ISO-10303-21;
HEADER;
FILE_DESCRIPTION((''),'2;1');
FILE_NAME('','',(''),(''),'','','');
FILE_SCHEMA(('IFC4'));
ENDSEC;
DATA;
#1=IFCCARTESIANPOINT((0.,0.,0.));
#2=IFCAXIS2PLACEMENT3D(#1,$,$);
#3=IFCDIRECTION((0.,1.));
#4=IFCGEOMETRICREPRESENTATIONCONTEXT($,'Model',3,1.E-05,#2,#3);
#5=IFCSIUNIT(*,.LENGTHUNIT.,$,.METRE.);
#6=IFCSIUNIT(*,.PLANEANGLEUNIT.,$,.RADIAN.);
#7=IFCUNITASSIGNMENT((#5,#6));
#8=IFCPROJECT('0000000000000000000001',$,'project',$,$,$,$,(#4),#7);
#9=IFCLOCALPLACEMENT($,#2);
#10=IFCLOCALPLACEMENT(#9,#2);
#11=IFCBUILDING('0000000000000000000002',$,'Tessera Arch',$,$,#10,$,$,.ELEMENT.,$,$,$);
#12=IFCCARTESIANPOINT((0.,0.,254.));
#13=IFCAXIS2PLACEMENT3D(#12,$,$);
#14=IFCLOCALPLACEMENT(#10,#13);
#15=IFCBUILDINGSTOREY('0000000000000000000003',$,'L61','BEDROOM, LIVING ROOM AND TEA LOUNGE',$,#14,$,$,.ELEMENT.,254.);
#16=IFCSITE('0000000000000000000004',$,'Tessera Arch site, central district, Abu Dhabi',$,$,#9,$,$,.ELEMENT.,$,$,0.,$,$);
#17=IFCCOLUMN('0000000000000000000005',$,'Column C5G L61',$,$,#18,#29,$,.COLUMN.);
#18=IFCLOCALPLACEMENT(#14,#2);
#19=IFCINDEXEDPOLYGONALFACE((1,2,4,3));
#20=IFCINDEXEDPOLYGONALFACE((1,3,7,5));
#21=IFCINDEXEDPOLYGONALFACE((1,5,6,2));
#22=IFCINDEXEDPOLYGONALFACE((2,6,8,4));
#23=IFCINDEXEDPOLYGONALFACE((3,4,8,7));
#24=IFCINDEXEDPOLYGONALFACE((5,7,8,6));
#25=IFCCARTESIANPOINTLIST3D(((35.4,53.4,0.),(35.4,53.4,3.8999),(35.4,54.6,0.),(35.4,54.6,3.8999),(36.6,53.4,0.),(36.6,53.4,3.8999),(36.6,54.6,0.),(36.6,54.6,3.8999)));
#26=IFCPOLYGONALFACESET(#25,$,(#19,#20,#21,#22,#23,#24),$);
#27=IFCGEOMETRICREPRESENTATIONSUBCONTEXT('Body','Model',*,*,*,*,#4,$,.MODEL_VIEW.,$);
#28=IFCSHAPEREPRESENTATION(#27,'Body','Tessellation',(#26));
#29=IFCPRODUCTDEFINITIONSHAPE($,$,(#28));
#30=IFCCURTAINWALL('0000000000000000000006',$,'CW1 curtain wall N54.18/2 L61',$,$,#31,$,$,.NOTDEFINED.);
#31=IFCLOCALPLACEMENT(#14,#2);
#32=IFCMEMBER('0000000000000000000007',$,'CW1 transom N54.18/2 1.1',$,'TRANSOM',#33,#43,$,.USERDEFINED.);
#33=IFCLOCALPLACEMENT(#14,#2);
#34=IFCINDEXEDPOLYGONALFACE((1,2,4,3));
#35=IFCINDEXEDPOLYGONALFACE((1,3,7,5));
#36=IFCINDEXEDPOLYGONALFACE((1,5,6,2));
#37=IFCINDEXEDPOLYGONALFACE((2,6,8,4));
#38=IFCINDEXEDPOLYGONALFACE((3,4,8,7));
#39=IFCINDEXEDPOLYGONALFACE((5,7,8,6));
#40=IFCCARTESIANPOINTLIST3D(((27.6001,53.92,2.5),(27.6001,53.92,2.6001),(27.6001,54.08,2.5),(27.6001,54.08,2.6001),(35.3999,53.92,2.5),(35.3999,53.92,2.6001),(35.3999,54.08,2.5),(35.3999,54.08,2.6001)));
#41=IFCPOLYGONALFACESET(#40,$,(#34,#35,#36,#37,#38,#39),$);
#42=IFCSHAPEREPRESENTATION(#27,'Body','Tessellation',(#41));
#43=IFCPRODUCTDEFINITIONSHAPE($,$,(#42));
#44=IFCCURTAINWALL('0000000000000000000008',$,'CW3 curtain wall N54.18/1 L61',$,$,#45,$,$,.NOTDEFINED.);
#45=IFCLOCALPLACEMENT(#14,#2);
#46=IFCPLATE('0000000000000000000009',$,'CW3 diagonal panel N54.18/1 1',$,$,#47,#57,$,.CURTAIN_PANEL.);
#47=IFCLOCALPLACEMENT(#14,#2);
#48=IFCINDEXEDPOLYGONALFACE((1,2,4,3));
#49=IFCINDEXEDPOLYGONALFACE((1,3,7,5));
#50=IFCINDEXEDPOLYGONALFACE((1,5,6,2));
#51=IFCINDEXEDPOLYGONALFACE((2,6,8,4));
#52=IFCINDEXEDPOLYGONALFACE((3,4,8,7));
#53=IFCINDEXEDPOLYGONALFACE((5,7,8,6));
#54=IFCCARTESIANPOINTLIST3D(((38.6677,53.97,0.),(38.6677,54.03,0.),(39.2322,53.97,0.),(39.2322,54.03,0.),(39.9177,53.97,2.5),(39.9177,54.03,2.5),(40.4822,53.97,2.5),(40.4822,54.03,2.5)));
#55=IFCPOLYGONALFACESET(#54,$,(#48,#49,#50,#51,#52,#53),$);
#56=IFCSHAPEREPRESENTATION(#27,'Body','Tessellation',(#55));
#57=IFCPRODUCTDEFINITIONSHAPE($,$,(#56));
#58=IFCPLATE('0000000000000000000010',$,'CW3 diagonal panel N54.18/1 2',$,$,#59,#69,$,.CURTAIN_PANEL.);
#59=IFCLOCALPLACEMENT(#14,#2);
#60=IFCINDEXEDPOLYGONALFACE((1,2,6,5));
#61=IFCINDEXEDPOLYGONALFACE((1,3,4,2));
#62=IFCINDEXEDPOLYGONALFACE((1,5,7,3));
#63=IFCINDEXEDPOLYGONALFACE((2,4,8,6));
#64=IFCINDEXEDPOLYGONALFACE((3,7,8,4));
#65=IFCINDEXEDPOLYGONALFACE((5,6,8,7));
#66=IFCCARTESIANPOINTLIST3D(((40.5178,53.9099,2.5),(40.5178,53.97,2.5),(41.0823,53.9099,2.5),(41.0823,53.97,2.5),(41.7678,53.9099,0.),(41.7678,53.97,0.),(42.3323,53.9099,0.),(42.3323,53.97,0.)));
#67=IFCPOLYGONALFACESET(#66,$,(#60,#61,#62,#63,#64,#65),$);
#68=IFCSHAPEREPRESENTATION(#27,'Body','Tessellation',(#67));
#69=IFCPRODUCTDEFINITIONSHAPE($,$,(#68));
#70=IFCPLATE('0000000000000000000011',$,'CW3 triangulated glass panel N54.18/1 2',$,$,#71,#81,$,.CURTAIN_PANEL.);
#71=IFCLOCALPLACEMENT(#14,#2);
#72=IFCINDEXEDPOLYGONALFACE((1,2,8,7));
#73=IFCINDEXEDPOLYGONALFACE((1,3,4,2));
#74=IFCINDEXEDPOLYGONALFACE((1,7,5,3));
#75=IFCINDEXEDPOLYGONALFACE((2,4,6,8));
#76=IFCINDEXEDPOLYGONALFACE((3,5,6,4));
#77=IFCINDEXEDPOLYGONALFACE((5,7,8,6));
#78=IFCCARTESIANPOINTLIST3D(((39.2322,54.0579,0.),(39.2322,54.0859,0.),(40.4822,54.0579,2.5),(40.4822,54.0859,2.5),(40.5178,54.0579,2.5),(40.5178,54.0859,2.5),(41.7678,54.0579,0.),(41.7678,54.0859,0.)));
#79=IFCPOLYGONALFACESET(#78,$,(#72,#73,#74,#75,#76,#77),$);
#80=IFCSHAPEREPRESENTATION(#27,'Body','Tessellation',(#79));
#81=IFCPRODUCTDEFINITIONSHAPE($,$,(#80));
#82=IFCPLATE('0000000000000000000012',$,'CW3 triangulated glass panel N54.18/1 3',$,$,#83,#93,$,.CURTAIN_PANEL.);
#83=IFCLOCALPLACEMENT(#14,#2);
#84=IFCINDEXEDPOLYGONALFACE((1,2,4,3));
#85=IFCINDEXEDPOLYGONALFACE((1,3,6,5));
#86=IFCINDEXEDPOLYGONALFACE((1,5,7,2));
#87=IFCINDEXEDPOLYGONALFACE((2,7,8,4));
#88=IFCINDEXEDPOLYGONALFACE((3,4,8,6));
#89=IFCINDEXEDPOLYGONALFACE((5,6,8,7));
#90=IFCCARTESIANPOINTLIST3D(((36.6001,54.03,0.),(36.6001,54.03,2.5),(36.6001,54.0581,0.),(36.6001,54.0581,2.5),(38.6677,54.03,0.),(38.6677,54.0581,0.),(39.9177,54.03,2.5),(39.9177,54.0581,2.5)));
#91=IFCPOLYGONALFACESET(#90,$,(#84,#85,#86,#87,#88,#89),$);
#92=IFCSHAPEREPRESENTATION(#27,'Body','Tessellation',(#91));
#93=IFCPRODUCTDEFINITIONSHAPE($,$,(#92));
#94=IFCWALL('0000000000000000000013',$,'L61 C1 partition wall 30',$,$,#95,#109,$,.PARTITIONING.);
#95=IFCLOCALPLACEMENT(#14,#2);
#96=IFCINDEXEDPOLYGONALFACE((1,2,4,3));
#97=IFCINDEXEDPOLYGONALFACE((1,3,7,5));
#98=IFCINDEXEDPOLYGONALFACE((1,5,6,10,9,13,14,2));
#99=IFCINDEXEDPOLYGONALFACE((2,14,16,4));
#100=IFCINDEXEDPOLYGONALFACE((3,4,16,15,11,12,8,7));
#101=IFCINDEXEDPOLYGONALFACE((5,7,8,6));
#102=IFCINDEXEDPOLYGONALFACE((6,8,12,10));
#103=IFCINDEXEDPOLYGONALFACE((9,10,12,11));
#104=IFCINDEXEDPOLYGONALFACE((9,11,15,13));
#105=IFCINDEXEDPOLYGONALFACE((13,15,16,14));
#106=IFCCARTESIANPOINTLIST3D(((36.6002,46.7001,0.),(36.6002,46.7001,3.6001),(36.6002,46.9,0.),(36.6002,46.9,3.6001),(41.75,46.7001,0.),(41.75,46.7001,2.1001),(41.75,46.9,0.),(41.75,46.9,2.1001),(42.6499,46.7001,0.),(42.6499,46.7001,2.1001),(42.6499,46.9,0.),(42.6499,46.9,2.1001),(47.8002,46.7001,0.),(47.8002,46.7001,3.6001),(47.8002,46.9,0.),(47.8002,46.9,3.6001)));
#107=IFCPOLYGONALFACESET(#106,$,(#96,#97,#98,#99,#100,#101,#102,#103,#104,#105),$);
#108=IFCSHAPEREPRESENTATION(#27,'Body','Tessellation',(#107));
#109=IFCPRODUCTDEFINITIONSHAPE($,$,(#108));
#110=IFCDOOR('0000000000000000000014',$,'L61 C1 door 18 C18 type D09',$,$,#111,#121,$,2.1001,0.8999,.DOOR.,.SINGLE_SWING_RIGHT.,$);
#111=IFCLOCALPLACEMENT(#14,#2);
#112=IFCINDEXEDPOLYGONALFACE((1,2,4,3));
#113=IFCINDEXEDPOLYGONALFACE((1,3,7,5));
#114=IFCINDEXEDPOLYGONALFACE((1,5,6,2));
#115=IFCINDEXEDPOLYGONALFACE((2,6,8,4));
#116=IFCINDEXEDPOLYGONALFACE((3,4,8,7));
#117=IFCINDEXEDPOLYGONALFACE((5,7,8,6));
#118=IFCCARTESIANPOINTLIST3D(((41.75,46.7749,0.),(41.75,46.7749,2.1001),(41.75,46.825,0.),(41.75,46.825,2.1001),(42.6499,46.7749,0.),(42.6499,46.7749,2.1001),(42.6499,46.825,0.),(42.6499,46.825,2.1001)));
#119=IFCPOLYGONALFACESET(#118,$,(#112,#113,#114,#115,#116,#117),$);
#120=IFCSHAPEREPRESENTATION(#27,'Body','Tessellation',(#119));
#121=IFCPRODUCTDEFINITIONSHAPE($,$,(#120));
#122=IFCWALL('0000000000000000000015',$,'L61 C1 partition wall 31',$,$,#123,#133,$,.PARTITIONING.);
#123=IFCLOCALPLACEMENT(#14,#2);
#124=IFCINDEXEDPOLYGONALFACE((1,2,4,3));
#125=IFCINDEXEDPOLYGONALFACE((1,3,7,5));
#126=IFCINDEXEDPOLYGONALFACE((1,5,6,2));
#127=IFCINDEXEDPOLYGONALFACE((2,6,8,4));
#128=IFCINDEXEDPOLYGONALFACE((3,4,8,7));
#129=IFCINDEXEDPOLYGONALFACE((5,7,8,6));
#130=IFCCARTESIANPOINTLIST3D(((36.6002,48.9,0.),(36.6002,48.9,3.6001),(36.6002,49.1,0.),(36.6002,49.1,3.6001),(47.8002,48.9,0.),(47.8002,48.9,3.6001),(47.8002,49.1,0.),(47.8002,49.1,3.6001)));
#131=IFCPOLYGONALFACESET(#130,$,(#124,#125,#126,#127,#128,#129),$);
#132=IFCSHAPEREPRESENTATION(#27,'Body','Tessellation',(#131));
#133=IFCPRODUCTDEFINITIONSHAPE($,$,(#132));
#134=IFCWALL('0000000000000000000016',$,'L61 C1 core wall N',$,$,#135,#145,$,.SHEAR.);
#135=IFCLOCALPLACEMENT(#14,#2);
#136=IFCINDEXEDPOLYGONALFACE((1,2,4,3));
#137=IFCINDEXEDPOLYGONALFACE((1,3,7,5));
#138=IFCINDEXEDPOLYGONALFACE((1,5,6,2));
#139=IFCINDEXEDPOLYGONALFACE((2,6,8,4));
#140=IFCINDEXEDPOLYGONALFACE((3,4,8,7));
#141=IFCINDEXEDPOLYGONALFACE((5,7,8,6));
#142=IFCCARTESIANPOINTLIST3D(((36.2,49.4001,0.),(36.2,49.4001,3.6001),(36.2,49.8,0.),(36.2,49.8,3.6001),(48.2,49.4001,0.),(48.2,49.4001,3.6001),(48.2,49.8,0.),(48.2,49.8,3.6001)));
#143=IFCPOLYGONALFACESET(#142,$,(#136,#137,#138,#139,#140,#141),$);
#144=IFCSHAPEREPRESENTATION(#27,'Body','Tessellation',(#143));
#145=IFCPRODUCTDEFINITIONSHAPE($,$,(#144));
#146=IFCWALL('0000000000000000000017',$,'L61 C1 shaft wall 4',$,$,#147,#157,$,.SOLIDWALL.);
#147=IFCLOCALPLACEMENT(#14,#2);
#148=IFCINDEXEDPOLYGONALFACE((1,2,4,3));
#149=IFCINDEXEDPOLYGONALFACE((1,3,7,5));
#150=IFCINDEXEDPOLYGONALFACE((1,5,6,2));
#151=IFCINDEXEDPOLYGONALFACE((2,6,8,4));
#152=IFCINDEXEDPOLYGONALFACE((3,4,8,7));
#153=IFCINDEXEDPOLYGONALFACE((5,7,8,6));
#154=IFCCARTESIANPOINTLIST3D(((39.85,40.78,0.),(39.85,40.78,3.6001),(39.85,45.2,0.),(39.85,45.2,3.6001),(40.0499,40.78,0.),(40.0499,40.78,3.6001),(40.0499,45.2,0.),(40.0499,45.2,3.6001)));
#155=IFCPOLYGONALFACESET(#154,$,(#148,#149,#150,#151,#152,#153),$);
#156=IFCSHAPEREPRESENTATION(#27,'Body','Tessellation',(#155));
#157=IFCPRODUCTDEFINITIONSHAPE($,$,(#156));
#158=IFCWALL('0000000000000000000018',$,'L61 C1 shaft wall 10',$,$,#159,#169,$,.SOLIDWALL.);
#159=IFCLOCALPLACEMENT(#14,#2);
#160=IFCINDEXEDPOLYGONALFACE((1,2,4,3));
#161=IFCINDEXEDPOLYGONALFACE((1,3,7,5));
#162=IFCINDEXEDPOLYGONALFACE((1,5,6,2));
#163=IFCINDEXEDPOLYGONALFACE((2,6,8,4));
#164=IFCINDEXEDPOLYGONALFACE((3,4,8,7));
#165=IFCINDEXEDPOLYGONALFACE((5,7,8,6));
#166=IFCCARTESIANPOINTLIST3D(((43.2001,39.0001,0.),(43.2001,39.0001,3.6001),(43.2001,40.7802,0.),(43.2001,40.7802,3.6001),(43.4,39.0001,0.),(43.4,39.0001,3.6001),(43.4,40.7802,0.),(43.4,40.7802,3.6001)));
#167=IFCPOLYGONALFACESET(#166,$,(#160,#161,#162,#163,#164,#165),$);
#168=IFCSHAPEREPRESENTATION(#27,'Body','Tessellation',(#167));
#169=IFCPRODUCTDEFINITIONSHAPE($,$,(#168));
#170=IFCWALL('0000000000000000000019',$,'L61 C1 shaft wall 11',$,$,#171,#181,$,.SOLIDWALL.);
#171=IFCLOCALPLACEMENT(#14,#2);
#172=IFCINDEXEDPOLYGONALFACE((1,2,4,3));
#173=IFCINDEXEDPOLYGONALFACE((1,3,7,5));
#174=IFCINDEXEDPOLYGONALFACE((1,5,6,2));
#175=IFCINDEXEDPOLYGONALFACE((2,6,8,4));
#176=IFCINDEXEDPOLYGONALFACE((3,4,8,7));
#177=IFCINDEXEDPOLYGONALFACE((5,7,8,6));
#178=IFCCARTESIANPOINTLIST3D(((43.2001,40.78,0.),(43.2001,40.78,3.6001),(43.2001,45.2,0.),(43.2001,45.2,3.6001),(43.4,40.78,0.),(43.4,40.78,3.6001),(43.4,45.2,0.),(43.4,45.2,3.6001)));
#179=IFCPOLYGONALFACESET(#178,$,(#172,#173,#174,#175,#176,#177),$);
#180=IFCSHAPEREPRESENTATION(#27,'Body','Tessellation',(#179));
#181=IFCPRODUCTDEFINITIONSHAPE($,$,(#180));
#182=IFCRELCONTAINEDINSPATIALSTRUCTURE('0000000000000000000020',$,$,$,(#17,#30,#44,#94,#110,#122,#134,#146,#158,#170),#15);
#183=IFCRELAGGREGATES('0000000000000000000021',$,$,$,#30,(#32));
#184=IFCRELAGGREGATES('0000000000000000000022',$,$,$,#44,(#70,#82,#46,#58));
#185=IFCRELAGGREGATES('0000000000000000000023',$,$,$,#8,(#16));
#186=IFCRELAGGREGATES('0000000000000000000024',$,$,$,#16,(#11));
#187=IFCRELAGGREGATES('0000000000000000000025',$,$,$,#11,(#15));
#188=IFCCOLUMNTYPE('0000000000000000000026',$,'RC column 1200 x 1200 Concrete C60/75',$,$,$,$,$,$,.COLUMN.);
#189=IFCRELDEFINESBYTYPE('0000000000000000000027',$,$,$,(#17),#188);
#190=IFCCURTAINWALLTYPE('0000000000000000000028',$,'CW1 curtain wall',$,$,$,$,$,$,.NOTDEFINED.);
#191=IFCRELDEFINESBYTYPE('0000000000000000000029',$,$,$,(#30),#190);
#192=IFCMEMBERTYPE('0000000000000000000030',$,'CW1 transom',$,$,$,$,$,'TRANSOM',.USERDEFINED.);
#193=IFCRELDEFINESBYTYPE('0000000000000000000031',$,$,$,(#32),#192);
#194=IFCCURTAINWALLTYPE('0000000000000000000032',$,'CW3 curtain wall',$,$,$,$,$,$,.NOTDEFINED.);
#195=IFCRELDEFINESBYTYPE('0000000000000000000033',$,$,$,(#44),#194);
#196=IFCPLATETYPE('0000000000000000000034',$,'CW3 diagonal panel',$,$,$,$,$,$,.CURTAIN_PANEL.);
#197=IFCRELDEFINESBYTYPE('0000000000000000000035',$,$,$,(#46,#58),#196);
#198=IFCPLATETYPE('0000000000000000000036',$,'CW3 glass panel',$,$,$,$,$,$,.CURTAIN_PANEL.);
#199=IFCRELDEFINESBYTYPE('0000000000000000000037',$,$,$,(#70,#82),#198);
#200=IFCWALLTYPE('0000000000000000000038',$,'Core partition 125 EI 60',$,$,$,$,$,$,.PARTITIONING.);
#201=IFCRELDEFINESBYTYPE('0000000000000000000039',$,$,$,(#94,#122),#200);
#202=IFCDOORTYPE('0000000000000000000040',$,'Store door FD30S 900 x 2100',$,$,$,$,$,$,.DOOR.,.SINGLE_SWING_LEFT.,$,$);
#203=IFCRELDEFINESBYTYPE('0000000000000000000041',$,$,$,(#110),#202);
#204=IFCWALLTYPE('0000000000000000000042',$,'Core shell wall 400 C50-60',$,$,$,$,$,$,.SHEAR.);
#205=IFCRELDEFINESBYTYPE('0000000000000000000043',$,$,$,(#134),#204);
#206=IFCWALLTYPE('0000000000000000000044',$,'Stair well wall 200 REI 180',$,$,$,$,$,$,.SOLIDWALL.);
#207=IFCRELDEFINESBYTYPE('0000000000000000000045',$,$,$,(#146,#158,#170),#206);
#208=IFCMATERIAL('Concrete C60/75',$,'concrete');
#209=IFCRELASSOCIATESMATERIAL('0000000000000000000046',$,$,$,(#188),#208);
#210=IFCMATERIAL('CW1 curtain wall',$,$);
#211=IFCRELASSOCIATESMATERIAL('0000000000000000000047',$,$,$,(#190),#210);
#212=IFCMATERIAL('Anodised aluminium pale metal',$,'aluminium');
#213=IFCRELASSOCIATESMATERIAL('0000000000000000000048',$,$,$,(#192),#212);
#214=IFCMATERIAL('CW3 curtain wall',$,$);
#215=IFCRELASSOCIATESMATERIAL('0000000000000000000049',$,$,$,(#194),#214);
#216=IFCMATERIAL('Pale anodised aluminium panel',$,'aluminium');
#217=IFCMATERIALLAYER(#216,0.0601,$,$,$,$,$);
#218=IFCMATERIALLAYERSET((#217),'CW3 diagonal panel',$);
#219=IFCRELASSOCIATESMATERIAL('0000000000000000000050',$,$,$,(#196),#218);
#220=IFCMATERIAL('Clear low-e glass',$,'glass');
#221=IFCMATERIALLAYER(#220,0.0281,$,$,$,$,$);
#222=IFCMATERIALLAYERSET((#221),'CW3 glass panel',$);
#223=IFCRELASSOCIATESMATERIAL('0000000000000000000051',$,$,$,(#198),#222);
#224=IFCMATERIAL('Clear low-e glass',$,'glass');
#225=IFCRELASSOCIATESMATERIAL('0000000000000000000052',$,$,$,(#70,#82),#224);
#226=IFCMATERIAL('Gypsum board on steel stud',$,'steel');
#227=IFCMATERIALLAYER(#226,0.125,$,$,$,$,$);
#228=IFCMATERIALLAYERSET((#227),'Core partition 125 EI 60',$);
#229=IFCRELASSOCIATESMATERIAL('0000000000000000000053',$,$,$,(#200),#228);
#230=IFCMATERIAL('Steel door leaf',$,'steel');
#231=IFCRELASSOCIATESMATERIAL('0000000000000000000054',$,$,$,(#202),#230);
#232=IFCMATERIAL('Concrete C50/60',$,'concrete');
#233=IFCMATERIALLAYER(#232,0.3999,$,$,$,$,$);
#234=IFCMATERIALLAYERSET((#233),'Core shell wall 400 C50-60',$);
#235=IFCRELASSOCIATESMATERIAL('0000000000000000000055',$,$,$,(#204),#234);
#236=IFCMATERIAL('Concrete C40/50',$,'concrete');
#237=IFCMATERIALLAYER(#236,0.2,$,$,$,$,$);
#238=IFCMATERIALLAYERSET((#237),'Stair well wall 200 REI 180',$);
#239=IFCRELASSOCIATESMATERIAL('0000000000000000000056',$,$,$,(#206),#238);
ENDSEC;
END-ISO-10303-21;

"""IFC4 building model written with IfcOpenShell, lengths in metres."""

from ifc_helpers import new_model, si_unit, direction, frame, frame_2d, origin, origin_2d, place, context, subcontext, project, spatial, polyline, rectangle, outline, extrude, material, layer, layer_set, material_profile, profile_set, type_object, element, fill, aggregate, save


model = new_model("IFC4")

# Units and contexts
model_context = context("Model", 3, precision=1e-05, world=origin(), true_north=direction((0.0, 1.0)))
body_context = subcontext(model_context, "Body", "Model", "MODEL_VIEW")
ifc_project = project(units=[si_unit("LENGTHUNIT", "METRE"), si_unit("PLANEANGLEUNIT", "RADIAN")], contexts=[model_context])

# Site, building, storey
site_placement = place(None, origin())
site = spatial("IfcSite", under=ifc_project, at=site_placement, Name="Tessera Arch site, central district, Abu Dhabi", CompositionType="ELEMENT", RefElevation=0.0)
building_placement = place(site_placement, origin())
building = spatial("IfcBuilding", under=site, at=building_placement, Name="Tessera Arch", CompositionType="ELEMENT")
storey_placement = place(building_placement, frame((0.0, 0.0, 254.0)))
storey = spatial("IfcBuildingStorey", under=building, at=storey_placement, Name="L61", Description="BEDROOM, LIVING ROOM AND TEA LOUNGE", CompositionType="ELEMENT", Elevation=254.0)

# Column
ifc_material_1 = material(Name="Concrete C60/75", Category="concrete")
ifc_material_profile_1 = material_profile(ifc_material_1, rectangle(XDim=1.2, YDim=1.2, at=origin_2d()), Name="RC column 1200 x 1200 Concrete C60/75")
ifc_profile_set_1 = profile_set([ifc_material_profile_1], Name="Concrete C60/75")
column_type = type_object("IfcColumnType", Name="RC column 1200 x 1200 Concrete C60/75", PredefinedType="COLUMN", material=ifc_profile_set_1)
column_placement = place(storey_placement, frame((36.0, 54.0, 0.0), z_axis=(0.0, 0.0, 1.0), x_axis=(1.0, 0.0, 0.0)))
element("IfcColumn", 1, at=column_placement, inside=storey, type_object=column_type, Name="Column C5G L61", PredefinedType="COLUMN", context=body_context, shape_type="SweptSolid", body=[
    extrude(rectangle(XDim=1.2, YDim=1.2, at=origin_2d()), origin(), (0.0, 0.0, 1.0), 3.8999),
])

# Curtain wall, member
ifc_material_2 = material(Name="CW1 curtain wall")
curtain_wall_type_1 = type_object("IfcCurtainWallType", Name="CW1 curtain wall", PredefinedType="NOTDEFINED", material=ifc_material_2)
curtain_wall_1_placement = place(storey_placement, origin())
curtain_wall_1 = element("IfcCurtainWall", 2, at=curtain_wall_1_placement, inside=storey, type_object=curtain_wall_type_1, Name="CW1 curtain wall N54.18/2 L61", PredefinedType="NOTDEFINED")
ifc_material_3 = material(Name="Anodised aluminium pale metal", Category="aluminium")
ifc_material_profile_2 = material_profile(ifc_material_3, rectangle(XDim=0.1599, YDim=0.1001, at=origin_2d()), Name="AL 160x100")
ifc_profile_set_2 = profile_set([ifc_material_profile_2], Name="Anodised aluminium pale metal")
member_type = type_object("IfcMemberType", Name="CW1 transom", ElementType="TRANSOM", PredefinedType="USERDEFINED", material=ifc_profile_set_2)
member_placement = place(storey_placement, frame((35.3999, 54.0, 2.55), z_axis=(-1.0, 0.0, 0.0), x_axis=(0.0, -1.0, 0.0)))
member = element("IfcMember", 3, at=member_placement, type_object=member_type, Name="CW1 transom N54.18/2 1.1", ObjectType="TRANSOM", PredefinedType="USERDEFINED", context=body_context, shape_type="SweptSolid", body=[
    extrude(rectangle(XDim=0.1599, YDim=0.1001, at=origin_2d()), origin(), (0.0, 0.0, 1.0), 7.7998),
])
aggregate(curtain_wall_1, [member])

# Curtain wall, plates
ifc_material_4 = material(Name="CW3 curtain wall")
curtain_wall_type_2 = type_object("IfcCurtainWallType", Name="CW3 curtain wall", PredefinedType="NOTDEFINED", material=ifc_material_4)
curtain_wall_2_placement = place(storey_placement, origin())
curtain_wall_2 = element("IfcCurtainWall", 4, at=curtain_wall_2_placement, inside=storey, type_object=curtain_wall_type_2, Name="CW3 curtain wall N54.18/1 L61", PredefinedType="NOTDEFINED")
ifc_material_5 = material(Name="Pale anodised aluminium panel", Category="aluminium")
ifc_layer_1 = layer(ifc_material_5, 0.0601)
ifc_layer_set_1 = layer_set([ifc_layer_1], Name="CW3 diagonal panel")
plate_type_1 = type_object("IfcPlateType", Name="CW3 diagonal panel", PredefinedType="CURTAIN_PANEL", material=ifc_layer_set_1)
plate_1_placement = place(storey_placement, frame((39.9177, 54.03, 2.5), z_axis=(0.0, 1.0, 0.0), x_axis=(1.0, 0.0, 0.0)))
plate_1 = element("IfcPlate", 5, at=plate_1_placement, type_object=plate_type_1, Name="CW3 diagonal panel N54.18/1 1", PredefinedType="CURTAIN_PANEL", context=body_context, shape_type="SweptSolid", body=[
    extrude(outline(polyline([(0.0, 0.0), (0.5645, 0.0), (-0.6855, 2.5), (-1.25, 2.5), (0.0, 0.0)])), origin(), (0.0, 0.0, -1.0), 0.0601),
])
plate_2_placement = place(storey_placement, frame((40.5178, 53.97, 2.5), z_axis=(0.0, 1.0, 0.0), x_axis=(1.0, 0.0, 0.0)))
plate_2 = element("IfcPlate", 6, at=plate_2_placement, type_object=plate_type_1, Name="CW3 diagonal panel N54.18/1 2", PredefinedType="CURTAIN_PANEL", context=body_context, shape_type="SweptSolid", body=[
    extrude(outline(polyline([(0.0, 0.0), (0.5645, 0.0), (1.8145, 2.5), (1.25, 2.5), (0.0, 0.0)])), origin(), (0.0, 0.0, -1.0), 0.0601),
])
ifc_material_6 = material(Name="Clear low-e glass", Category="glass")
ifc_material_7 = material(Name="Clear low-e glass", Category="glass")
ifc_layer_2 = layer(ifc_material_7, 0.0281)
ifc_layer_set_2 = layer_set([ifc_layer_2], Name="CW3 glass panel")
plate_type_2 = type_object("IfcPlateType", Name="CW3 glass panel", PredefinedType="CURTAIN_PANEL", material=ifc_layer_set_2)
plate_3_placement = place(storey_placement, frame((40.4822, 54.0859, 2.5), z_axis=(0.0, 1.0, 0.0), x_axis=(1.0, 0.0, 0.0)))
plate_3 = element("IfcPlate", 7, at=plate_3_placement, type_object=plate_type_2, material=ifc_material_6, Name="CW3 triangulated glass panel N54.18/1 2", PredefinedType="CURTAIN_PANEL", context=body_context, shape_type="SweptSolid", body=[
    extrude(outline(polyline([(0.0, 0.0), (0.0356, 0.0), (1.2856, 2.5), (-1.25, 2.5), (0.0, 0.0)])), origin(), (0.0, 0.0, -1.0), 0.0281),
])
plate_4_placement = place(storey_placement, frame((36.6001, 54.0581, 2.5), z_axis=(0.0, 1.0, 0.0), x_axis=(1.0, 0.0, 0.0)))
plate_4 = element("IfcPlate", 8, at=plate_4_placement, type_object=plate_type_2, material=ifc_material_6, Name="CW3 triangulated glass panel N54.18/1 3", PredefinedType="CURTAIN_PANEL", context=body_context, shape_type="SweptSolid", body=[
    extrude(outline(polyline([(0.0, 0.0), (3.3176, 0.0), (2.0676, 2.5), (0.0, 2.5), (0.0, 0.0)])), origin(), (0.0, 0.0, -1.0), 0.0281),
])
aggregate(curtain_wall_2, [plate_3, plate_4, plate_1, plate_2])

# Wall, opening, door
ifc_material_8 = material(Name="Gypsum board on steel stud", Category="steel")
ifc_layer_3 = layer(ifc_material_8, 0.125)
ifc_layer_set_3 = layer_set([ifc_layer_3], Name="Core partition 125 EI 60")
wall_type_1 = type_object("IfcWallType", Name="Core partition 125 EI 60", PredefinedType="PARTITIONING", material=ifc_layer_set_3)
wall_1_placement = place(storey_placement, frame((36.6001, 46.8, 0.0), z_axis=(0.0, 0.0, 1.0), x_axis=(1.0, 0.0, 0.0)))
wall_1 = element("IfcWall", 9, at=wall_1_placement, inside=storey, type_object=wall_type_1, Name="L61 C1 partition wall 30", PredefinedType="PARTITIONING", context=body_context, shape_type="SweptSolid", body=[
    extrude(rectangle(XDim=11.2, YDim=0.2, at=frame_2d((5.6001, 0.0))), origin(), (0.0, 0.0, 1.0), 3.6001),
])
opening_1_placement = place(wall_1_placement, frame((5.1499, 0.0, 0.0)))
opening_1 = element("IfcOpeningElement", 10, at=opening_1_placement, cuts=wall_1, PredefinedType="OPENING", context=body_context, shape_type="SweptSolid", body=[
    extrude(rectangle(XDim=0.8999, YDim=2.1001, at=frame_2d((0.45, 1.05))), frame((0.0, 0.1099, 0.0), z_axis=(0.0, -1.0, 0.0), x_axis=(1.0, 0.0, 0.0)), (0.0, 0.0, 1.0), 0.22),
])
ifc_material_9 = material(Name="Steel door leaf", Category="steel")
door_type_1 = type_object("IfcDoorType", Name="Store door FD30S 900 x 2100", OperationType="SINGLE_SWING_LEFT", PredefinedType="DOOR", material=ifc_material_9)
door_1_placement = place(opening_1_placement, origin())
door_1 = element("IfcDoor", 11, at=door_1_placement, inside=storey, type_object=door_type_1, Name="L61 C1 door 18 C18 type D09", OperationType="SINGLE_SWING_RIGHT", OverallHeight=2.1001, OverallWidth=0.8999, PredefinedType="DOOR", context=body_context, shape_type="SweptSolid", body=[
    extrude(rectangle(XDim=0.8999, YDim=2.1001, at=frame_2d((0.45, 1.05))), frame((0.0, 0.0249, 0.0), z_axis=(0.0, -1.0, 0.0), x_axis=(1.0, 0.0, 0.0)), (0.0, 0.0, 1.0), 0.05),
])
fill(opening_1, door_1)

# Walls
wall_2_placement = place(storey_placement, frame((36.6001, 49.0, 0.0), z_axis=(0.0, 0.0, 1.0), x_axis=(1.0, 0.0, 0.0)))
element("IfcWall", 12, at=wall_2_placement, inside=storey, type_object=wall_type_1, Name="L61 C1 partition wall 31", PredefinedType="PARTITIONING", context=body_context, shape_type="SweptSolid", body=[
    extrude(rectangle(XDim=11.2, YDim=0.2, at=frame_2d((5.6001, 0.0))), origin(), (0.0, 0.0, 1.0), 3.6001),
])
ifc_material_10 = material(Name="Concrete C50/60", Category="concrete")
ifc_layer_4 = layer(ifc_material_10, 0.3999)
ifc_layer_set_4 = layer_set([ifc_layer_4], Name="Core shell wall 400 C50-60")
wall_type_2 = type_object("IfcWallType", Name="Core shell wall 400 C50-60", PredefinedType="SHEAR", material=ifc_layer_set_4)
wall_3_placement = place(storey_placement, frame((36.2, 49.6001, 0.0), z_axis=(0.0, 0.0, 1.0), x_axis=(1.0, 0.0, 0.0)))
element("IfcWall", 13, at=wall_3_placement, inside=storey, type_object=wall_type_2, Name="L61 C1 core wall N", PredefinedType="SHEAR", context=body_context, shape_type="SweptSolid", body=[
    extrude(rectangle(XDim=12.0, YDim=0.3999, at=frame_2d((6.0, 0.0))), origin(), (0.0, 0.0, 1.0), 3.6001),
])
ifc_material_11 = material(Name="Concrete C40/50", Category="concrete")
ifc_layer_5 = layer(ifc_material_11, 0.2)
ifc_layer_set_5 = layer_set([ifc_layer_5], Name="Stair well wall 200 REI 180")
wall_type_3 = type_object("IfcWallType", Name="Stair well wall 200 REI 180", PredefinedType="SOLIDWALL", material=ifc_layer_set_5)
wall_4_placement = place(storey_placement, frame((39.95, 40.78, 0.0), z_axis=(0.0, 0.0, 1.0), x_axis=(0.0, 1.0, 0.0)))
element("IfcWall", 14, at=wall_4_placement, inside=storey, type_object=wall_type_3, Name="L61 C1 shaft wall 4", PredefinedType="SOLIDWALL", context=body_context, shape_type="SweptSolid", body=[
    extrude(rectangle(XDim=4.4199, YDim=0.2, at=frame_2d((2.21, 0.0))), origin(), (0.0, 0.0, 1.0), 3.6001),
])
wall_5_placement = place(storey_placement, frame((43.3, 39.0, 0.0), z_axis=(0.0, 0.0, 1.0), x_axis=(0.0, 1.0, 0.0)))
element("IfcWall", 15, at=wall_5_placement, inside=storey, type_object=wall_type_3, Name="L61 C1 shaft wall 10", PredefinedType="SOLIDWALL", context=body_context, shape_type="SweptSolid", body=[
    extrude(rectangle(XDim=1.78, YDim=0.2, at=frame_2d((0.8901, 0.0))), origin(), (0.0, 0.0, 1.0), 3.6001),
])
wall_6_placement = place(storey_placement, frame((43.3, 40.78, 0.0), z_axis=(0.0, 0.0, 1.0), x_axis=(0.0, 1.0, 0.0)))
element("IfcWall", 16, at=wall_6_placement, inside=storey, type_object=wall_type_3, Name="L61 C1 shaft wall 11", PredefinedType="SOLIDWALL", context=body_context, shape_type="SweptSolid", body=[
    extrude(rectangle(XDim=4.4199, YDim=0.2, at=frame_2d((2.21, 0.0))), origin(), (0.0, 0.0, 1.0), 3.6001),
])

save(model, "model.ifc")
